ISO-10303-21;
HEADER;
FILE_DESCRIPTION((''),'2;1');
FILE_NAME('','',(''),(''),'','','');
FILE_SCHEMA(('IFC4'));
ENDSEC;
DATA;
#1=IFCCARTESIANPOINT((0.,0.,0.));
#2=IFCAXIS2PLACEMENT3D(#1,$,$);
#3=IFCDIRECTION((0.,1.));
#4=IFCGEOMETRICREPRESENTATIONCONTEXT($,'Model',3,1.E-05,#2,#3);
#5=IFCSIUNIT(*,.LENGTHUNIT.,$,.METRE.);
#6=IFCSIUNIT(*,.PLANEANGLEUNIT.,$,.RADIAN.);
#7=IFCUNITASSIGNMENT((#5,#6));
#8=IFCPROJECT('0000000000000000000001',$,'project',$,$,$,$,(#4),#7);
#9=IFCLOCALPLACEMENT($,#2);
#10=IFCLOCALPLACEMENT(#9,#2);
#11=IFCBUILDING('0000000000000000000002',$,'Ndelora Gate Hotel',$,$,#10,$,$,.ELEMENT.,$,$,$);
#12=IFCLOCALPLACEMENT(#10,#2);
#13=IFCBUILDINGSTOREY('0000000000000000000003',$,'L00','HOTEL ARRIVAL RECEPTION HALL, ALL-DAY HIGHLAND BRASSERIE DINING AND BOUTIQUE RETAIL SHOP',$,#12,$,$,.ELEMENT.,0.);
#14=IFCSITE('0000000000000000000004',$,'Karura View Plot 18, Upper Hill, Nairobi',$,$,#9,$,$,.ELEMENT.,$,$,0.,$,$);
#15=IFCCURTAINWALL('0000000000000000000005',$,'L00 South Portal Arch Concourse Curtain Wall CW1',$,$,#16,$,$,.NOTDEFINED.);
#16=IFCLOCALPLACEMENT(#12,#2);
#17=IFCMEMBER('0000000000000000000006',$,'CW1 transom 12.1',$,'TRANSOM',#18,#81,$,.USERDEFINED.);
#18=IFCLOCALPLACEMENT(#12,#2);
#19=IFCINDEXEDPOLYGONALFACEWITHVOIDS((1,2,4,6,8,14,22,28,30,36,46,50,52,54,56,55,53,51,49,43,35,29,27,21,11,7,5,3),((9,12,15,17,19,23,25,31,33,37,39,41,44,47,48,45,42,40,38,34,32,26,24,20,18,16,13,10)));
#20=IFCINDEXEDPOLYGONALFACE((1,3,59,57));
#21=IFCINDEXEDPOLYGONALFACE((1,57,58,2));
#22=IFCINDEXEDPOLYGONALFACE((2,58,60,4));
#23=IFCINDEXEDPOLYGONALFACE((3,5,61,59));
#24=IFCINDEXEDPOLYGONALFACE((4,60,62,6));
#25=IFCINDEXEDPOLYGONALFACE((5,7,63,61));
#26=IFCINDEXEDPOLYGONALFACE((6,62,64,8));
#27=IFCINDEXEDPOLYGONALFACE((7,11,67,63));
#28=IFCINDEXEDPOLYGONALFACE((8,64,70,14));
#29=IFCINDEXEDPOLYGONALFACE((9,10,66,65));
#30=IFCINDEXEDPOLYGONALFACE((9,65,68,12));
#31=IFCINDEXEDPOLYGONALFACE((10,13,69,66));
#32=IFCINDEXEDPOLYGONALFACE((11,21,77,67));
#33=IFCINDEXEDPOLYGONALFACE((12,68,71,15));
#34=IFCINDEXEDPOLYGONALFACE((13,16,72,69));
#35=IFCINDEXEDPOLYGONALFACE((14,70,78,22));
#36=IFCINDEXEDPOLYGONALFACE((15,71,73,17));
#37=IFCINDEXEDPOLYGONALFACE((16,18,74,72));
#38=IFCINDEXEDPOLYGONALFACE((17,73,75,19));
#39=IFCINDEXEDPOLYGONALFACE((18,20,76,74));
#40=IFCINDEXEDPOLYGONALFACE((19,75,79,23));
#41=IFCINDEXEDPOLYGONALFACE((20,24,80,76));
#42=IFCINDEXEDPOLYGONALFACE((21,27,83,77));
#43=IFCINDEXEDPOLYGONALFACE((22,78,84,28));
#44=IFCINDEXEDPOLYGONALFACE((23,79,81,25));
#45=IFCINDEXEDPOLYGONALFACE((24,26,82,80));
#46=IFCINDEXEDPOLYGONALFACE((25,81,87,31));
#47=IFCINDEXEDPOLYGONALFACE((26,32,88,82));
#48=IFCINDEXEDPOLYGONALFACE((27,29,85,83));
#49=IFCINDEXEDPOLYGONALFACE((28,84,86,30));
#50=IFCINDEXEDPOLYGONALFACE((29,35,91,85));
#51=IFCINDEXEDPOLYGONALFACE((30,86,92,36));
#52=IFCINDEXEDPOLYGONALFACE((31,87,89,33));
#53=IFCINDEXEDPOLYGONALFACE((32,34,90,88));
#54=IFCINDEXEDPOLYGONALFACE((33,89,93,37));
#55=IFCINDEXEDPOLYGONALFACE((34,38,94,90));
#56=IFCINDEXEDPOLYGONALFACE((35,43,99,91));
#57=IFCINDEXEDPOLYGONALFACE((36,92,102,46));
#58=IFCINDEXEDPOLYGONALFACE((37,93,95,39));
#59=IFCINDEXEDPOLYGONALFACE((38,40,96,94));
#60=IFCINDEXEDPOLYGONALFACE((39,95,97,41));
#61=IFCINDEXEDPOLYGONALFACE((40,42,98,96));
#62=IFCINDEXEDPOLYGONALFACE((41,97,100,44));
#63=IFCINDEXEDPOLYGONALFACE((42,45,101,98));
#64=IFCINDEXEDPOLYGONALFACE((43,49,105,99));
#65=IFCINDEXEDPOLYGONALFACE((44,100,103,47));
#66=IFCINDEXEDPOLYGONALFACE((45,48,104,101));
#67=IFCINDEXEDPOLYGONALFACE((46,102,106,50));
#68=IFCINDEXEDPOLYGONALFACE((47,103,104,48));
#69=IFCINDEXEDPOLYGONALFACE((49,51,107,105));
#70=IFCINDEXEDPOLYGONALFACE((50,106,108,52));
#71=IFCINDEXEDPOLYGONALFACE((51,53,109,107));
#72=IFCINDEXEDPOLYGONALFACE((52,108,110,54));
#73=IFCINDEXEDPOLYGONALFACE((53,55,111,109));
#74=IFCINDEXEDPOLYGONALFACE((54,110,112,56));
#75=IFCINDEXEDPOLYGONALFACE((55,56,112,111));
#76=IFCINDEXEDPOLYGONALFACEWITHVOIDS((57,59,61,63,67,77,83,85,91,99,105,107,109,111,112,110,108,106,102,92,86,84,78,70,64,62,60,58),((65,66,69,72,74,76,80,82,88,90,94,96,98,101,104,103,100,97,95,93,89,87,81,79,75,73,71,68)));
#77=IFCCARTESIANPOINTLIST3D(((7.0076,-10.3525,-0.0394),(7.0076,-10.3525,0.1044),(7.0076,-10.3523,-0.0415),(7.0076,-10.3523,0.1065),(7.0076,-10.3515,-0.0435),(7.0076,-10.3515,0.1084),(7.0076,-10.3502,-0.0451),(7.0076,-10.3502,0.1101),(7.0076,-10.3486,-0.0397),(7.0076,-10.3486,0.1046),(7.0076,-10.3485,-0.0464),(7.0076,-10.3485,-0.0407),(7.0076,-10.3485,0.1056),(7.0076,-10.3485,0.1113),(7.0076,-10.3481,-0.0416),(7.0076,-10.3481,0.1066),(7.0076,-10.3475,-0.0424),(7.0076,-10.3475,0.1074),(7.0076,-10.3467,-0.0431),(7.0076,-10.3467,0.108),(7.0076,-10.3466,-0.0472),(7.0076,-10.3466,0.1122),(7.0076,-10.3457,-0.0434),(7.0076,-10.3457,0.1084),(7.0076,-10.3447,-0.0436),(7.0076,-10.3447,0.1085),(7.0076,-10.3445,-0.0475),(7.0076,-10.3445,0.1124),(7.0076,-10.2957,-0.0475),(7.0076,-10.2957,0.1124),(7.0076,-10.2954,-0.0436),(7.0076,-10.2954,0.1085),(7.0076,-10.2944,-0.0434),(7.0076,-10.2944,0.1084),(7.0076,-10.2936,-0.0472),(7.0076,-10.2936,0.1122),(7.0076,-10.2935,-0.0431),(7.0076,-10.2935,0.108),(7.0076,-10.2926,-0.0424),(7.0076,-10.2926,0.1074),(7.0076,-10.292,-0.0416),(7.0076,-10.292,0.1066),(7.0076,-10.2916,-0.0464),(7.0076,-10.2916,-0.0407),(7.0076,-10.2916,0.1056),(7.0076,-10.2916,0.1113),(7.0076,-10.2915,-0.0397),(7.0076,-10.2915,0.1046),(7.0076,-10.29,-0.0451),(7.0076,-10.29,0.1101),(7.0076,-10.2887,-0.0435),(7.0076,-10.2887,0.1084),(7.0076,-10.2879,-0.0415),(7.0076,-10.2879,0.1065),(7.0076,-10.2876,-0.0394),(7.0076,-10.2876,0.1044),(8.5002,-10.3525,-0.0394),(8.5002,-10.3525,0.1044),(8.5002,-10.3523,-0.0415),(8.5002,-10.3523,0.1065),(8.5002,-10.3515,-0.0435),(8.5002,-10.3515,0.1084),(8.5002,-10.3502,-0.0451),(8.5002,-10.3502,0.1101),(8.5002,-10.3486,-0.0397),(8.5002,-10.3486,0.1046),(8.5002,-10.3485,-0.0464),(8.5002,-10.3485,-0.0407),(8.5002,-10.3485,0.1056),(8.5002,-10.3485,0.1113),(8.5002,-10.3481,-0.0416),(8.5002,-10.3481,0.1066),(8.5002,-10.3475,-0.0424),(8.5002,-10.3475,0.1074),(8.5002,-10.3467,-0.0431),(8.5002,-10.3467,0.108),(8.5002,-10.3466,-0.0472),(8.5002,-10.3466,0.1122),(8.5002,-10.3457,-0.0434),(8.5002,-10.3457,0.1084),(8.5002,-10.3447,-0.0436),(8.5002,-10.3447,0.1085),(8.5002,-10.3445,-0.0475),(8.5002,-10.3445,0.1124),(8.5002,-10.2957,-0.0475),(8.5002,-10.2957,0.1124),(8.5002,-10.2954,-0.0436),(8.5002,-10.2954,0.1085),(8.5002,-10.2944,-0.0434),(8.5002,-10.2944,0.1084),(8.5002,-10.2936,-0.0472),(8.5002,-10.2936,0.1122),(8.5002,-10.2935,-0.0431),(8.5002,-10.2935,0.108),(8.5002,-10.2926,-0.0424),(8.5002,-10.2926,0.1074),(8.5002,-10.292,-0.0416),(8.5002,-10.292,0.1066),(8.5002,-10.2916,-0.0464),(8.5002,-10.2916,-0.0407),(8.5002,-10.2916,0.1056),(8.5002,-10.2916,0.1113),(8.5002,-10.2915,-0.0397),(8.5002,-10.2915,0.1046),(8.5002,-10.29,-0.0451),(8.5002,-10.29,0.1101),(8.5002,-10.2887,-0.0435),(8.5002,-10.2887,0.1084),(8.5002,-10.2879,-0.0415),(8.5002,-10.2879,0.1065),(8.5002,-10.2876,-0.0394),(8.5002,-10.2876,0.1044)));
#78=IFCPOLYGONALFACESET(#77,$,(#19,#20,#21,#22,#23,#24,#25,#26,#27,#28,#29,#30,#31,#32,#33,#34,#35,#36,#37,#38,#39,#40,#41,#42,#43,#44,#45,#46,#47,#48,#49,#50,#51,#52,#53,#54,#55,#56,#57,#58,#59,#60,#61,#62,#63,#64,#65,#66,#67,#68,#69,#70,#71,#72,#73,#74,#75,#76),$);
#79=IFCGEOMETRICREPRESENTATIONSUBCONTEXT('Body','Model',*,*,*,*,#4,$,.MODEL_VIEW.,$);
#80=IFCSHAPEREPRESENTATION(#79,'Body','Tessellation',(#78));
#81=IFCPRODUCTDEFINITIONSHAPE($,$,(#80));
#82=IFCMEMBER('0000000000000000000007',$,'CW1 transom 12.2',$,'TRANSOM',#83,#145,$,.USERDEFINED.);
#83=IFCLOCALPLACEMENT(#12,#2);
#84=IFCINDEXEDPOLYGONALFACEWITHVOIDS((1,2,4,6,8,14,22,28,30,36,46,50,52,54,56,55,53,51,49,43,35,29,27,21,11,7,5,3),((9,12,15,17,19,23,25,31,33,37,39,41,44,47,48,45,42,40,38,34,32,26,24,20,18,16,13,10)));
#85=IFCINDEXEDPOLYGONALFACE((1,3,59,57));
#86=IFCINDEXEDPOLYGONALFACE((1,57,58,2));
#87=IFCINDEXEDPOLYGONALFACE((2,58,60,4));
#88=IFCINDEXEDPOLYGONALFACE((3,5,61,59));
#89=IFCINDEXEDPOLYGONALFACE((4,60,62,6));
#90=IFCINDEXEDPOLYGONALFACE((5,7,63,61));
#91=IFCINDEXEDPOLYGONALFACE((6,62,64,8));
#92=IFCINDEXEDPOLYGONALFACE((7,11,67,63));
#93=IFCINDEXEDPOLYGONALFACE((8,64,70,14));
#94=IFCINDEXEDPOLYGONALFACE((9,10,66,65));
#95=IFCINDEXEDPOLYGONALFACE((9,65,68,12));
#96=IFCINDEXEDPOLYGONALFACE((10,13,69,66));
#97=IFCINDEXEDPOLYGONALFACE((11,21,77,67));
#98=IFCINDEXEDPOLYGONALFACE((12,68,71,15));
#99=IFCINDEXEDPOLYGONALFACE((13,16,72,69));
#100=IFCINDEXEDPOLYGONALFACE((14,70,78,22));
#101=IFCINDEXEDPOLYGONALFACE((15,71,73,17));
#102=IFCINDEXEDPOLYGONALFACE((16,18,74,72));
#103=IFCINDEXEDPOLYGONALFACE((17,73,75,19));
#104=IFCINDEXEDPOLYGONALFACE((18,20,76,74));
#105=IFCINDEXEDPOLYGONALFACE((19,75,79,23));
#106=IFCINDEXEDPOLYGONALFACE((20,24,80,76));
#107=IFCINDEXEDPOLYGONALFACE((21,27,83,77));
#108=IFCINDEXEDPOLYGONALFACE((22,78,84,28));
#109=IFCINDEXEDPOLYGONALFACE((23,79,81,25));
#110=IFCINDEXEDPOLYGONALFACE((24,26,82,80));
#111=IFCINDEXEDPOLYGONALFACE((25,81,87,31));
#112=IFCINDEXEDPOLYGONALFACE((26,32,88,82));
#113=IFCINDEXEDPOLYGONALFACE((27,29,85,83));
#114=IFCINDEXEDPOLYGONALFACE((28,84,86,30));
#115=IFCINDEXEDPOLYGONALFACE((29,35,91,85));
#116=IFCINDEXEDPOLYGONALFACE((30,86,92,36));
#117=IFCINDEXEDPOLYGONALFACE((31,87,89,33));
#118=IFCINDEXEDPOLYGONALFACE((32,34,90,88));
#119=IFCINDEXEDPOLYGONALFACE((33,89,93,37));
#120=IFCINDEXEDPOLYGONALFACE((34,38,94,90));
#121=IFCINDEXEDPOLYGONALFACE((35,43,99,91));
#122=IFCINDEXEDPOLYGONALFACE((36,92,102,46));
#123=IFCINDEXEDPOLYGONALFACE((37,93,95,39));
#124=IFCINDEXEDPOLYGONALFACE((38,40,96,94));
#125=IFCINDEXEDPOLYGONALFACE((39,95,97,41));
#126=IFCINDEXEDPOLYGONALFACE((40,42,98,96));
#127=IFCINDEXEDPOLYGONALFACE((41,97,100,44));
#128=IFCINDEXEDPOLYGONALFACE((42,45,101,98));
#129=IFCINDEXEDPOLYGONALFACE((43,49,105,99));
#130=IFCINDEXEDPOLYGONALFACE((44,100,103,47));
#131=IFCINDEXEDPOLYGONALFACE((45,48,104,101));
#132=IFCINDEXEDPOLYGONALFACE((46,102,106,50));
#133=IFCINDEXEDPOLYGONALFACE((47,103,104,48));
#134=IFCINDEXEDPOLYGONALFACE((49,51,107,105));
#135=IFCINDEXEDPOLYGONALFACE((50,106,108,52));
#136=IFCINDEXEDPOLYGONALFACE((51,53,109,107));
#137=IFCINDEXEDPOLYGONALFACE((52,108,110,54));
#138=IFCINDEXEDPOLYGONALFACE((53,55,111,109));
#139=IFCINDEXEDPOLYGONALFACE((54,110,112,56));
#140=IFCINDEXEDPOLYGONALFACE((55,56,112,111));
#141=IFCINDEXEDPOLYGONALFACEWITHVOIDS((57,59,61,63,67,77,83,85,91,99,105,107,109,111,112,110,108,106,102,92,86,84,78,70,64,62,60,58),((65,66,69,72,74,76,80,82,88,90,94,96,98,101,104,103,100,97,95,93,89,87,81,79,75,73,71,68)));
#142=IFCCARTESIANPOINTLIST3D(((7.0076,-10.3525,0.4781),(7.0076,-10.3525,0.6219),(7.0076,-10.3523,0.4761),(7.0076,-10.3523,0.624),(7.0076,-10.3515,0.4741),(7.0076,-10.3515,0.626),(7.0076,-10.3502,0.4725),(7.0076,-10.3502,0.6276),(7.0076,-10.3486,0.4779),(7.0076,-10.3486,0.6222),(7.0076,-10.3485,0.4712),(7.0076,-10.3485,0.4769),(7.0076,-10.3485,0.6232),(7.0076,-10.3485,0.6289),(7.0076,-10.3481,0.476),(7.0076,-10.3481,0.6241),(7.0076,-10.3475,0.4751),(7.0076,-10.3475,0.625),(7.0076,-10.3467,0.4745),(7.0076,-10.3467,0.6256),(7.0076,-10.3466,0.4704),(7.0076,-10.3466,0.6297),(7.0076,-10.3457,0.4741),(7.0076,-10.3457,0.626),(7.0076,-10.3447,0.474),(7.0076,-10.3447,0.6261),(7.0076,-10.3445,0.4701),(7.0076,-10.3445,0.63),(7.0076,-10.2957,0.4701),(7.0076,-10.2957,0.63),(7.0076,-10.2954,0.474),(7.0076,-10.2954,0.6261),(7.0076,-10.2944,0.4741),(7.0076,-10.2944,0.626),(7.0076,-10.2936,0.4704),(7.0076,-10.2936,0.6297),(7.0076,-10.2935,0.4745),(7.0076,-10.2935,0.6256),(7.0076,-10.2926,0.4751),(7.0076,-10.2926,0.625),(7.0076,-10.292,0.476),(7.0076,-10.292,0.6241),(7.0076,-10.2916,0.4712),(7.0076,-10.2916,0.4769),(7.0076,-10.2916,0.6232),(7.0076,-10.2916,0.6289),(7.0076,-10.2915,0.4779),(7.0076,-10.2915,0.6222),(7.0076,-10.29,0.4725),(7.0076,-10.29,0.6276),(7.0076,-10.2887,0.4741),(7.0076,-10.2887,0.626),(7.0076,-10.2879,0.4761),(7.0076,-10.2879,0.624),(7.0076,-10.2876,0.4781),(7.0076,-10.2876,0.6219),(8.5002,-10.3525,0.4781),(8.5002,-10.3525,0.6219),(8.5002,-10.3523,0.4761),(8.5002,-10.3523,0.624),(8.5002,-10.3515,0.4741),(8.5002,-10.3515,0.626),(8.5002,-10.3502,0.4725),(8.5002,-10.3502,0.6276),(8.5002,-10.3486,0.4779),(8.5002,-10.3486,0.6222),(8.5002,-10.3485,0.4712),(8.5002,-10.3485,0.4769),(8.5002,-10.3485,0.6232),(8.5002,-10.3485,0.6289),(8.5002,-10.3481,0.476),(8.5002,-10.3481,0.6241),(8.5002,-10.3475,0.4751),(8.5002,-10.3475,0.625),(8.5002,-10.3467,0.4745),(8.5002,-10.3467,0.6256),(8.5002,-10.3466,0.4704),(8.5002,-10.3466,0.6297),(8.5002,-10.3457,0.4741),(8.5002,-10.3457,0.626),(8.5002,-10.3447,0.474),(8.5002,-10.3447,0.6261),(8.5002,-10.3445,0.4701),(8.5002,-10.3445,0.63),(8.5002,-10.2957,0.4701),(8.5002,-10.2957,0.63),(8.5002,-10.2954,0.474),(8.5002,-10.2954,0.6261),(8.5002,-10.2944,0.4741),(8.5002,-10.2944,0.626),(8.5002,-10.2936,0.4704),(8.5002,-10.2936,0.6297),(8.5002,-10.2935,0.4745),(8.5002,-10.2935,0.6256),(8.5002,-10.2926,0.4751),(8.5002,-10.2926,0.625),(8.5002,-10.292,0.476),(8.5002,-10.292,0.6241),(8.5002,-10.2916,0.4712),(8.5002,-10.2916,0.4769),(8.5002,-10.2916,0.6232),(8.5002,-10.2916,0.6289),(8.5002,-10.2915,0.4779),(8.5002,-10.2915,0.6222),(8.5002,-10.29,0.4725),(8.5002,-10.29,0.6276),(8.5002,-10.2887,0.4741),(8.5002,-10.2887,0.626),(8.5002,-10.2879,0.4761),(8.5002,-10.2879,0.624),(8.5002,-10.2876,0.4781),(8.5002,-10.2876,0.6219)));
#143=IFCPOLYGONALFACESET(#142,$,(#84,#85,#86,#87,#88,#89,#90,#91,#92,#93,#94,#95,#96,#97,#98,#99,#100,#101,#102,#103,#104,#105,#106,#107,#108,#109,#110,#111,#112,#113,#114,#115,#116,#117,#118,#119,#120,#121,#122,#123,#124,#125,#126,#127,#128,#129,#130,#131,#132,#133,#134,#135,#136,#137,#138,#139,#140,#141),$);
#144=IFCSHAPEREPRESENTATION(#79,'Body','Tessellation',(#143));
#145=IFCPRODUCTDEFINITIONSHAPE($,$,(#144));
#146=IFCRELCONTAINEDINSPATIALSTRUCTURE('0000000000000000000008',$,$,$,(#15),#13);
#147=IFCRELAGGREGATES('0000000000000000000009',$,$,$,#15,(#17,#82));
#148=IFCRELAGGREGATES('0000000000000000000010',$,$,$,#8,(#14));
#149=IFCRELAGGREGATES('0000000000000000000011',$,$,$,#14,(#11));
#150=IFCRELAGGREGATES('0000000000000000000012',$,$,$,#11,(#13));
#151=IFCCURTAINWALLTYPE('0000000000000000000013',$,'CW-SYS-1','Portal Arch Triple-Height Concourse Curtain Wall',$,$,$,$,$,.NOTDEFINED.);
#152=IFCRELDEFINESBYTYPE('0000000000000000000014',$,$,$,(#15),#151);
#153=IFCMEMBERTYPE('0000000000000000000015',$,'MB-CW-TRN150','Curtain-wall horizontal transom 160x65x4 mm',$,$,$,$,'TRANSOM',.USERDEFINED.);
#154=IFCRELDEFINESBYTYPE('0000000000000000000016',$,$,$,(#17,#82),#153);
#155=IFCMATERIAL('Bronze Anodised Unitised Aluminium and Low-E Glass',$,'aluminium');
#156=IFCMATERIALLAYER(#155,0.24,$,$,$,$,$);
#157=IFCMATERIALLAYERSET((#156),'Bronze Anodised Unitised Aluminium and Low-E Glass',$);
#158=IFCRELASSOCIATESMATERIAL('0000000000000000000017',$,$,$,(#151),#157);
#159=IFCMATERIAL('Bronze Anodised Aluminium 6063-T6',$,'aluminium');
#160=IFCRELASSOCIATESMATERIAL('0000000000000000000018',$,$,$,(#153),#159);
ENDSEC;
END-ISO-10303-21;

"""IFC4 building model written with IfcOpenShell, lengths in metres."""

from ifc_helpers import new_model, si_unit, direction, frame, origin, origin_2d, place, context, subcontext, project, spatial, hollow_rectangle, extrude, material, layer, layer_set, material_profile, profile_set, type_object, element, aggregate, save


model = new_model("IFC4")

# Units and contexts
model_context = context("Model", 3, precision=1e-05, world=origin(), true_north=direction((0.0, 1.0)))
body_context = subcontext(model_context, "Body", "Model", "MODEL_VIEW")
ifc_project = project(units=[si_unit("LENGTHUNIT", "METRE"), si_unit("PLANEANGLEUNIT", "RADIAN")], contexts=[model_context])

# Site, building, storey
site_placement = place(None, origin())
site = spatial("IfcSite", under=ifc_project, at=site_placement, Name="Karura View Plot 18, Upper Hill, Nairobi", CompositionType="ELEMENT", RefElevation=0.0)
building_placement = place(site_placement, origin())
building = spatial("IfcBuilding", under=site, at=building_placement, Name="Ndelora Gate Hotel", CompositionType="ELEMENT")
storey_placement = place(building_placement, origin())
storey = spatial("IfcBuildingStorey", under=building, at=storey_placement, Name="L00", Description="HOTEL ARRIVAL RECEPTION HALL, ALL-DAY HIGHLAND BRASSERIE DINING AND BOUTIQUE RETAIL SHOP", CompositionType="ELEMENT", Elevation=0.0)

# Curtain wall, members
ifc_material_1 = material(Name="Bronze Anodised Unitised Aluminium and Low-E Glass", Category="aluminium")
ifc_layer_1 = layer(ifc_material_1, 0.24)
ifc_layer_set_1 = layer_set([ifc_layer_1], Name="Bronze Anodised Unitised Aluminium and Low-E Glass")
curtain_wall_type = type_object("IfcCurtainWallType", Name="CW-SYS-1", Description="Portal Arch Triple-Height Concourse Curtain Wall", PredefinedType="NOTDEFINED", material=ifc_layer_set_1)
curtain_wall_placement = place(storey_placement, origin())
curtain_wall = element("IfcCurtainWall", 1, at=curtain_wall_placement, inside=storey, type_object=curtain_wall_type, Name="L00 South Portal Arch Concourse Curtain Wall CW1", PredefinedType="NOTDEFINED")
ifc_material_2 = material(Name="Bronze Anodised Aluminium 6063-T6", Category="aluminium")
ifc_material_profile_1 = material_profile(ifc_material_2, hollow_rectangle(XDim=0.0649, YDim=0.1599, WallThickness=0.0039, InnerFilletRadius=0.0039, OuterFilletRadius=0.0081, at=origin_2d()), Name="ALU 160x65x4")
ifc_profile_set_1 = profile_set([ifc_material_profile_1], Name="Bronze Anodised Aluminium 6063-T6")
member_type_1 = type_object("IfcMemberType", Name="MB-CW-TRN150", Description="Curtain-wall horizontal transom 160x65x4 mm", ElementType="TRANSOM", PredefinedType="USERDEFINED", material=ifc_profile_set_1)
member_1_placement = place(storey_placement, frame((7.0076, -10.3201, 0.0325), z_axis=(1.0, 0.0, 0.0), x_axis=(0.0, 1.0, 0.0)))
member_1 = element("IfcMember", 2, at=member_1_placement, type_object=member_type_1, Name="CW1 transom 12.1", ObjectType="TRANSOM", PredefinedType="USERDEFINED", context=body_context, shape_type="SweptSolid", body=[
    extrude(hollow_rectangle(XDim=0.0649, YDim=0.1599, WallThickness=0.0039, InnerFilletRadius=0.0039, OuterFilletRadius=0.0081, at=origin_2d()), origin(), (0.0, 0.0, 1.0), 1.4927),
])
member_2_placement = place(storey_placement, frame((7.0076, -10.3201, 0.55), z_axis=(1.0, 0.0, 0.0), x_axis=(0.0, 1.0, 0.0)))
member_2 = element("IfcMember", 3, at=member_2_placement, type_object=member_type_1, Name="CW1 transom 12.2", ObjectType="TRANSOM", PredefinedType="USERDEFINED", context=body_context, shape_type="SweptSolid", body=[
    extrude(hollow_rectangle(XDim=0.0649, YDim=0.1599, WallThickness=0.0039, InnerFilletRadius=0.0039, OuterFilletRadius=0.0081, at=origin_2d()), origin(), (0.0, 0.0, 1.0), 1.4927),
])
aggregate(curtain_wall, [member_1, member_2])

save(model, "model.ifc")
